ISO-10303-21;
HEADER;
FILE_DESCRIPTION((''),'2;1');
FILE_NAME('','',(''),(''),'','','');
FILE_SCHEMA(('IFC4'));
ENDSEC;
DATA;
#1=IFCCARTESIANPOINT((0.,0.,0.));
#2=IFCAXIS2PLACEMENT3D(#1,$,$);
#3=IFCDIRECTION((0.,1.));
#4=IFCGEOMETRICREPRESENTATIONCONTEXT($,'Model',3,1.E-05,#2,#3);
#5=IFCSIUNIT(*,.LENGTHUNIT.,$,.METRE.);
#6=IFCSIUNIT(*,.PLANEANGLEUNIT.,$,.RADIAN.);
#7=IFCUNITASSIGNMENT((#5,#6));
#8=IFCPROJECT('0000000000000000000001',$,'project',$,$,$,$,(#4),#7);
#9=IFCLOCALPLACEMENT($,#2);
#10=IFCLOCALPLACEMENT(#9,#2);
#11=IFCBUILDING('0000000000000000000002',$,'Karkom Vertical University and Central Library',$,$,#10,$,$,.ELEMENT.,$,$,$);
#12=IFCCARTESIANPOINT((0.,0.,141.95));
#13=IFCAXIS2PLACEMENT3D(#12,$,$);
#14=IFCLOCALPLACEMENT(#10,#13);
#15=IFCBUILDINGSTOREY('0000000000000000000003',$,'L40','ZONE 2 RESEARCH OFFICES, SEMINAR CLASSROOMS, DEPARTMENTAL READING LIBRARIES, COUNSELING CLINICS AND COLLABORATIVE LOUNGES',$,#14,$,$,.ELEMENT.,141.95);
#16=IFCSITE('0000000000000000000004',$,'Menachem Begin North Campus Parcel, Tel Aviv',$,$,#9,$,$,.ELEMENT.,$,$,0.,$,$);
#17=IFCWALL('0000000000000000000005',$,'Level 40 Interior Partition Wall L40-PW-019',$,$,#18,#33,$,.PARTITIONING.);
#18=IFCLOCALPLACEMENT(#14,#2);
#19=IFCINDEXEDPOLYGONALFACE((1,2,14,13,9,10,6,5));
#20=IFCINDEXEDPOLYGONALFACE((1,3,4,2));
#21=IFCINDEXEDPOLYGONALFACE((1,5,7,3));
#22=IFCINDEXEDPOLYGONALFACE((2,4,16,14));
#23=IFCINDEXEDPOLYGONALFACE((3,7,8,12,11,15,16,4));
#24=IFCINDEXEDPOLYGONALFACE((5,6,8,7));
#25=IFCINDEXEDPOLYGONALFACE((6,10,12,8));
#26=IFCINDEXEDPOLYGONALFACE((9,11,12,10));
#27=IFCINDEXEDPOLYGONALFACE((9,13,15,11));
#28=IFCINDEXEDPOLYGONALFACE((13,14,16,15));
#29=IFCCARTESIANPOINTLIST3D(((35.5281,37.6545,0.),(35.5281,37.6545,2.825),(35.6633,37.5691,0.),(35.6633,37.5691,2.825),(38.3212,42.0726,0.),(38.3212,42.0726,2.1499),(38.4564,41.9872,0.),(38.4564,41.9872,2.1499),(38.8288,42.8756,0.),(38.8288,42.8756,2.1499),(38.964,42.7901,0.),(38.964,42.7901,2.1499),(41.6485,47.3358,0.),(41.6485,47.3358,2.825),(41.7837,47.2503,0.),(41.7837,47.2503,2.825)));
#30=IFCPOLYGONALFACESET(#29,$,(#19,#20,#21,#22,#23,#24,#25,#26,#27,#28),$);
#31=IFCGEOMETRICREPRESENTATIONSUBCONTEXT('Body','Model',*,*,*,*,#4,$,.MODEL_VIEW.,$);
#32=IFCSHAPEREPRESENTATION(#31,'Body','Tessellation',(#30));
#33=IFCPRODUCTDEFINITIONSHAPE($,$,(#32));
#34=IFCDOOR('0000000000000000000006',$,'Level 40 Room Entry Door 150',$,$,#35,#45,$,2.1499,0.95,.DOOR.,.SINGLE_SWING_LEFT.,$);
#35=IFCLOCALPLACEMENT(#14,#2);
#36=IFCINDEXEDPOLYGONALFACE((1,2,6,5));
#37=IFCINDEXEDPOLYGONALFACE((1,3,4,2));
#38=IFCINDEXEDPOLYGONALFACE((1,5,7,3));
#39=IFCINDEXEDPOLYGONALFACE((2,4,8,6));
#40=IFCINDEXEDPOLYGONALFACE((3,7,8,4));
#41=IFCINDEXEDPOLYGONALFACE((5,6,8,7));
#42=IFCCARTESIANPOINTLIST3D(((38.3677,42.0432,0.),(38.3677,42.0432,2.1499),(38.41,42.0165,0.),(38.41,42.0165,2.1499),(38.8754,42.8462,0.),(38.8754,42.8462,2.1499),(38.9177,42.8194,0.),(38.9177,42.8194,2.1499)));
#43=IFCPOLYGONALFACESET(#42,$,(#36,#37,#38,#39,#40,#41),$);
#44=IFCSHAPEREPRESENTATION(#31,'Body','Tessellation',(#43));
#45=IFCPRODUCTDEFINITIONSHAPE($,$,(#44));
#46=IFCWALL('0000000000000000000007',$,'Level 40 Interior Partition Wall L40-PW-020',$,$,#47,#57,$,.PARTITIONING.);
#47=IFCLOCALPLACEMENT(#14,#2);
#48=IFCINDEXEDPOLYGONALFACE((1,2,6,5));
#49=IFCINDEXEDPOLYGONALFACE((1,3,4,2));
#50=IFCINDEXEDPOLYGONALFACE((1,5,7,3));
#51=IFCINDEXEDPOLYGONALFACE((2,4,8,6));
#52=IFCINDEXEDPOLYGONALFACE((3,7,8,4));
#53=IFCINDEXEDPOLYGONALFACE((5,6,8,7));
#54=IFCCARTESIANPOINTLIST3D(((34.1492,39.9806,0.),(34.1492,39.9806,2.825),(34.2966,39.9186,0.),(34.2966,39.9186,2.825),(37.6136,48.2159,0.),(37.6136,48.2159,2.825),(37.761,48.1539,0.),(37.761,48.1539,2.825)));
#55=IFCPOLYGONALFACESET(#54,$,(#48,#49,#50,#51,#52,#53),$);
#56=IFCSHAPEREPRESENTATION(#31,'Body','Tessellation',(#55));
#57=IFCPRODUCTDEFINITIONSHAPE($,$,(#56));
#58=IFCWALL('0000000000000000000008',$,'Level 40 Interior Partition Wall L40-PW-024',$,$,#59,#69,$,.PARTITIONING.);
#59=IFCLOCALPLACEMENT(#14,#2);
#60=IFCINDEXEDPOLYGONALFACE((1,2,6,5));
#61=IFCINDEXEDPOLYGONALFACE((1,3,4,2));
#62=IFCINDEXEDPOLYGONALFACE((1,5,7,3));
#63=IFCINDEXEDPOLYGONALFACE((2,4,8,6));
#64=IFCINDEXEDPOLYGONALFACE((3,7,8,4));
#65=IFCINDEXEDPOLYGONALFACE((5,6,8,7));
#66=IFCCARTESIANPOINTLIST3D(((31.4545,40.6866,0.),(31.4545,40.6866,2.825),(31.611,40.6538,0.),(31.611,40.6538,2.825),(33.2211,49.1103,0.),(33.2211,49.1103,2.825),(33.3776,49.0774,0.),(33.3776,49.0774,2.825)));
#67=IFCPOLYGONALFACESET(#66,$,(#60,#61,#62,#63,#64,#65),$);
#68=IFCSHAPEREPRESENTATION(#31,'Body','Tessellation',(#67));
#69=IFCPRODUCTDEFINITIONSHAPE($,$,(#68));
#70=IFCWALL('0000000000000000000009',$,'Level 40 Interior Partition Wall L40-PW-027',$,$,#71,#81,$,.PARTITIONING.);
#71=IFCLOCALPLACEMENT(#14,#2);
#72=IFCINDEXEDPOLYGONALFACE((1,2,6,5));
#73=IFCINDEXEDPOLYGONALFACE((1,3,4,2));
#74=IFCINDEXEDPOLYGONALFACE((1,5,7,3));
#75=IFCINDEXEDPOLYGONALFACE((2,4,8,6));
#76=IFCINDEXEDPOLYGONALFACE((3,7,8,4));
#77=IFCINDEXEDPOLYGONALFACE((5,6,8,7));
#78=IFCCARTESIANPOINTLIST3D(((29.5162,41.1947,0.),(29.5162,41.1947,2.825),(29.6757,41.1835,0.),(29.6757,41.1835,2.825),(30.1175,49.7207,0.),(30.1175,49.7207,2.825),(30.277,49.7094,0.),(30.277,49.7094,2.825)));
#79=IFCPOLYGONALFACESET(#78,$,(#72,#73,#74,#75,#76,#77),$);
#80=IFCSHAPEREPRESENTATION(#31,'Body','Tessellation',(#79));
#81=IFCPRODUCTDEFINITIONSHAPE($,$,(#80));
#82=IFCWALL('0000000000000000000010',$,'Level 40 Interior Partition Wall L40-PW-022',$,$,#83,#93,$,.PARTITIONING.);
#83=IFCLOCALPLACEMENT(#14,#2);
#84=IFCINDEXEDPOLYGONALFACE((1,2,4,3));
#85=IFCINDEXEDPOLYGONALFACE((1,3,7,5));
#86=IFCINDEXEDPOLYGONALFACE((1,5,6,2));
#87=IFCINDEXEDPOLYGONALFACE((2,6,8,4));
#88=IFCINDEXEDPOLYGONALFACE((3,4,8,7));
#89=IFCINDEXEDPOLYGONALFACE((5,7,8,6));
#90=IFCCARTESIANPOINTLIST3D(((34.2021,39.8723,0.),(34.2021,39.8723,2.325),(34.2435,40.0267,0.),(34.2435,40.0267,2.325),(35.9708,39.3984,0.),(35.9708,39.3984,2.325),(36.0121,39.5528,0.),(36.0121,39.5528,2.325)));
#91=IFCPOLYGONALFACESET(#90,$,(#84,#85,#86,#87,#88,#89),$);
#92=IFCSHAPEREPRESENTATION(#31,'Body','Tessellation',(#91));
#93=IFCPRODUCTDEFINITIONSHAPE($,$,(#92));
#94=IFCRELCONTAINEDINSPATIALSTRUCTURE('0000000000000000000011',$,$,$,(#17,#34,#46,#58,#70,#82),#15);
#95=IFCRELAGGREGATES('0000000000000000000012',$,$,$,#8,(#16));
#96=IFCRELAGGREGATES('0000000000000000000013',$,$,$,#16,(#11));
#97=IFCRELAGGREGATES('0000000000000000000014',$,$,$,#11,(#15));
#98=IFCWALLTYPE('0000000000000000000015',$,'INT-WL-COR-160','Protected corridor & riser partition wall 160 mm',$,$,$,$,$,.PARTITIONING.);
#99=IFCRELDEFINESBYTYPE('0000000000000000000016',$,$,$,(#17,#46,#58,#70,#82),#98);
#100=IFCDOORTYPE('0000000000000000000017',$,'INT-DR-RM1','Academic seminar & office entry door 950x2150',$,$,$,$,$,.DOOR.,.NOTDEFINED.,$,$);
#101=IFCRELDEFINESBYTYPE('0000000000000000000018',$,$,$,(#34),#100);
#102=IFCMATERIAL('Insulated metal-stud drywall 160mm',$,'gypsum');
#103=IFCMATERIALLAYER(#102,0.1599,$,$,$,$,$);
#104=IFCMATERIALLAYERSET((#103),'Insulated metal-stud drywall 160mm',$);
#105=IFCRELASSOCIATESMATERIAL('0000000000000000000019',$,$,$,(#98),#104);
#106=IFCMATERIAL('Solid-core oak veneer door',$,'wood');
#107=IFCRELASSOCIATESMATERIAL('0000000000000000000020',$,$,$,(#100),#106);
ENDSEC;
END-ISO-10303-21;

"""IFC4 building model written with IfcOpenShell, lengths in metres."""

from ifc_helpers import new_model, si_unit, direction, frame, frame_2d, origin, origin_with_axes, place, context, subcontext, project, spatial, rectangle, extrude, source, transform, mapped, material, layer, layer_set, type_object, element, fill, save


model = new_model("IFC4")

# Units and contexts
model_context = context("Model", 3, precision=1e-05, world=origin(), true_north=direction((0.0, 1.0)))
body_context = subcontext(model_context, "Body", "Model", "MODEL_VIEW")
ifc_project = project(units=[si_unit("LENGTHUNIT", "METRE"), si_unit("PLANEANGLEUNIT", "RADIAN")], contexts=[model_context])

# Site, building, storey
site_placement = place(None, origin())
site = spatial("IfcSite", under=ifc_project, at=site_placement, Name="Menachem Begin North Campus Parcel, Tel Aviv", CompositionType="ELEMENT", RefElevation=0.0)
building_placement = place(site_placement, origin())
building = spatial("IfcBuilding", under=site, at=building_placement, Name="Karkom Vertical University and Central Library", CompositionType="ELEMENT")
storey_placement = place(building_placement, frame((0.0, 0.0, 141.95)))
storey = spatial("IfcBuildingStorey", under=building, at=storey_placement, Name="L40", Description="ZONE 2 RESEARCH OFFICES, SEMINAR CLASSROOMS, DEPARTMENTAL READING LIBRARIES, COUNSELING CLINICS AND COLLABORATIVE LOUNGES", CompositionType="ELEMENT", Elevation=141.95)

# Wall, opening, door
ifc_material_1 = material(Name="Insulated metal-stud drywall 160mm", Category="gypsum")
ifc_layer_1 = layer(ifc_material_1, 0.1599)
ifc_layer_set_1 = layer_set([ifc_layer_1], Name="Insulated metal-stud drywall 160mm")
wall_type_1 = type_object("IfcWallType", Name="INT-WL-COR-160", Description="Protected corridor & riser partition wall 160 mm", PredefinedType="PARTITIONING", material=ifc_layer_set_1)
wall_1_placement = place(storey_placement, frame((35.5957, 37.6118, 0.0), z_axis=(0.0, 0.0, 1.0), x_axis=(0.534364, 0.845254, 0.0)))
wall_1 = element("IfcWall", 1, at=wall_1_placement, inside=storey, type_object=wall_type_1, Name="Level 40 Interior Partition Wall L40-PW-019", PredefinedType="PARTITIONING", context=body_context, shape_type="SweptSolid", body=[
    extrude(rectangle(XDim=11.4536, YDim=0.1599, at=frame_2d((5.7268, 0.0))), origin(), (0.0, 0.0, 1.0), 2.825),
])
opening_1_placement = place(wall_1_placement, frame((5.2268, 0.0, 0.0)))
opening_1 = element("IfcOpeningElement", 2, at=opening_1_placement, cuts=wall_1, PredefinedType="OPENING", context=body_context, shape_type="SweptSolid", body=[
    extrude(rectangle(XDim=0.95, YDim=2.1499, at=frame_2d((0.4751, 1.075))), frame((0.0, 0.0898, 0.0), z_axis=(0.0, -1.0, 0.0), x_axis=(1.0, 0.0, 0.0)), (0.0, 0.0, 1.0), 0.1799),
])
ifc_material_2 = material(Name="Solid-core oak veneer door", Category="wood")
door_type_1 = type_object("IfcDoorType", Name="INT-DR-RM1", Description="Academic seminar & office entry door 950x2150", OperationType="NOTDEFINED", PredefinedType="DOOR", material=ifc_material_2)
shared_shape_1 = source(origin_with_axes(), body_context, "Body", "SweptSolid", [
    extrude(rectangle(XDim=0.95, YDim=2.1499, at=frame_2d((0.4751, 1.075))), frame((0.0, 0.0249, 0.0), z_axis=(0.0, -1.0, 0.0), x_axis=(1.0, 0.0, 0.0)), (0.0, 0.0, 1.0), 0.05),
])
door_1_placement = place(opening_1_placement, origin())
door_1 = element("IfcDoor", 3, at=door_1_placement, inside=storey, type_object=door_type_1, Name="Level 40 Room Entry Door 150", OperationType="SINGLE_SWING_LEFT", OverallHeight=2.1499, OverallWidth=0.95, PredefinedType="DOOR", context=body_context, shape_type="MappedRepresentation", body=[
    mapped(shared_shape_1, transform((0.0, 0.0, 0.0), scale=1.0)),
])
fill(opening_1, door_1)

# Walls
wall_2_placement = place(storey_placement, frame((34.2229, 39.9495, 0.0), z_axis=(0.0, 0.0, 1.0), x_axis=(0.387756, 0.921762, 0.0)))
element("IfcWall", 4, at=wall_2_placement, inside=storey, type_object=wall_type_1, Name="Level 40 Interior Partition Wall L40-PW-020", PredefinedType="PARTITIONING", context=body_context, shape_type="SweptSolid", body=[
    extrude(rectangle(XDim=8.9343, YDim=0.1599, at=frame_2d((4.4673, 0.0))), origin(), (0.0, 0.0, 1.0), 2.825),
])
wall_3_placement = place(storey_placement, frame((31.5327, 40.6702, 0.0), z_axis=(0.0, 0.0, 1.0), x_axis=(0.205256, 0.978708, 0.0)))
element("IfcWall", 5, at=wall_3_placement, inside=storey, type_object=wall_type_1, Name="Level 40 Interior Partition Wall L40-PW-024", PredefinedType="PARTITIONING", context=body_context, shape_type="SweptSolid", body=[
    extrude(rectangle(XDim=8.6069, YDim=0.1599, at=frame_2d((4.3035, 0.0))), origin(), (0.0, 0.0, 1.0), 2.825),
])
wall_4_placement = place(storey_placement, frame((29.5959, 41.1892, 0.0), z_axis=(0.0, 0.0, 1.0), x_axis=(0.070354, 0.997522, 0.0)))
element("IfcWall", 6, at=wall_4_placement, inside=storey, type_object=wall_type_1, Name="Level 40 Interior Partition Wall L40-PW-027", PredefinedType="PARTITIONING", context=body_context, shape_type="SweptSolid", body=[
    extrude(rectangle(XDim=8.5471, YDim=0.1599, at=frame_2d((4.2734, 0.0))), origin(), (0.0, 0.0, 1.0), 2.825),
])

# Wall
wall_5_placement = place(storey_placement, frame((35.9915, 39.4756, 0.0), z_axis=(0.0, 0.0, 1.0), x_axis=(-0.965927, 0.258816, 0.0)))
element("IfcWall", 7, at=wall_5_placement, inside=storey, type_object=wall_type_1, Name="Level 40 Interior Partition Wall L40-PW-022", PredefinedType="PARTITIONING", context=body_context, shape_type="SweptSolid", body=[
    extrude(rectangle(XDim=1.8311, YDim=0.1599, at=frame_2d((0.9155, 0.0))), origin(), (0.0, 0.0, 1.0), 2.325),
])

save(model, "model.ifc")
